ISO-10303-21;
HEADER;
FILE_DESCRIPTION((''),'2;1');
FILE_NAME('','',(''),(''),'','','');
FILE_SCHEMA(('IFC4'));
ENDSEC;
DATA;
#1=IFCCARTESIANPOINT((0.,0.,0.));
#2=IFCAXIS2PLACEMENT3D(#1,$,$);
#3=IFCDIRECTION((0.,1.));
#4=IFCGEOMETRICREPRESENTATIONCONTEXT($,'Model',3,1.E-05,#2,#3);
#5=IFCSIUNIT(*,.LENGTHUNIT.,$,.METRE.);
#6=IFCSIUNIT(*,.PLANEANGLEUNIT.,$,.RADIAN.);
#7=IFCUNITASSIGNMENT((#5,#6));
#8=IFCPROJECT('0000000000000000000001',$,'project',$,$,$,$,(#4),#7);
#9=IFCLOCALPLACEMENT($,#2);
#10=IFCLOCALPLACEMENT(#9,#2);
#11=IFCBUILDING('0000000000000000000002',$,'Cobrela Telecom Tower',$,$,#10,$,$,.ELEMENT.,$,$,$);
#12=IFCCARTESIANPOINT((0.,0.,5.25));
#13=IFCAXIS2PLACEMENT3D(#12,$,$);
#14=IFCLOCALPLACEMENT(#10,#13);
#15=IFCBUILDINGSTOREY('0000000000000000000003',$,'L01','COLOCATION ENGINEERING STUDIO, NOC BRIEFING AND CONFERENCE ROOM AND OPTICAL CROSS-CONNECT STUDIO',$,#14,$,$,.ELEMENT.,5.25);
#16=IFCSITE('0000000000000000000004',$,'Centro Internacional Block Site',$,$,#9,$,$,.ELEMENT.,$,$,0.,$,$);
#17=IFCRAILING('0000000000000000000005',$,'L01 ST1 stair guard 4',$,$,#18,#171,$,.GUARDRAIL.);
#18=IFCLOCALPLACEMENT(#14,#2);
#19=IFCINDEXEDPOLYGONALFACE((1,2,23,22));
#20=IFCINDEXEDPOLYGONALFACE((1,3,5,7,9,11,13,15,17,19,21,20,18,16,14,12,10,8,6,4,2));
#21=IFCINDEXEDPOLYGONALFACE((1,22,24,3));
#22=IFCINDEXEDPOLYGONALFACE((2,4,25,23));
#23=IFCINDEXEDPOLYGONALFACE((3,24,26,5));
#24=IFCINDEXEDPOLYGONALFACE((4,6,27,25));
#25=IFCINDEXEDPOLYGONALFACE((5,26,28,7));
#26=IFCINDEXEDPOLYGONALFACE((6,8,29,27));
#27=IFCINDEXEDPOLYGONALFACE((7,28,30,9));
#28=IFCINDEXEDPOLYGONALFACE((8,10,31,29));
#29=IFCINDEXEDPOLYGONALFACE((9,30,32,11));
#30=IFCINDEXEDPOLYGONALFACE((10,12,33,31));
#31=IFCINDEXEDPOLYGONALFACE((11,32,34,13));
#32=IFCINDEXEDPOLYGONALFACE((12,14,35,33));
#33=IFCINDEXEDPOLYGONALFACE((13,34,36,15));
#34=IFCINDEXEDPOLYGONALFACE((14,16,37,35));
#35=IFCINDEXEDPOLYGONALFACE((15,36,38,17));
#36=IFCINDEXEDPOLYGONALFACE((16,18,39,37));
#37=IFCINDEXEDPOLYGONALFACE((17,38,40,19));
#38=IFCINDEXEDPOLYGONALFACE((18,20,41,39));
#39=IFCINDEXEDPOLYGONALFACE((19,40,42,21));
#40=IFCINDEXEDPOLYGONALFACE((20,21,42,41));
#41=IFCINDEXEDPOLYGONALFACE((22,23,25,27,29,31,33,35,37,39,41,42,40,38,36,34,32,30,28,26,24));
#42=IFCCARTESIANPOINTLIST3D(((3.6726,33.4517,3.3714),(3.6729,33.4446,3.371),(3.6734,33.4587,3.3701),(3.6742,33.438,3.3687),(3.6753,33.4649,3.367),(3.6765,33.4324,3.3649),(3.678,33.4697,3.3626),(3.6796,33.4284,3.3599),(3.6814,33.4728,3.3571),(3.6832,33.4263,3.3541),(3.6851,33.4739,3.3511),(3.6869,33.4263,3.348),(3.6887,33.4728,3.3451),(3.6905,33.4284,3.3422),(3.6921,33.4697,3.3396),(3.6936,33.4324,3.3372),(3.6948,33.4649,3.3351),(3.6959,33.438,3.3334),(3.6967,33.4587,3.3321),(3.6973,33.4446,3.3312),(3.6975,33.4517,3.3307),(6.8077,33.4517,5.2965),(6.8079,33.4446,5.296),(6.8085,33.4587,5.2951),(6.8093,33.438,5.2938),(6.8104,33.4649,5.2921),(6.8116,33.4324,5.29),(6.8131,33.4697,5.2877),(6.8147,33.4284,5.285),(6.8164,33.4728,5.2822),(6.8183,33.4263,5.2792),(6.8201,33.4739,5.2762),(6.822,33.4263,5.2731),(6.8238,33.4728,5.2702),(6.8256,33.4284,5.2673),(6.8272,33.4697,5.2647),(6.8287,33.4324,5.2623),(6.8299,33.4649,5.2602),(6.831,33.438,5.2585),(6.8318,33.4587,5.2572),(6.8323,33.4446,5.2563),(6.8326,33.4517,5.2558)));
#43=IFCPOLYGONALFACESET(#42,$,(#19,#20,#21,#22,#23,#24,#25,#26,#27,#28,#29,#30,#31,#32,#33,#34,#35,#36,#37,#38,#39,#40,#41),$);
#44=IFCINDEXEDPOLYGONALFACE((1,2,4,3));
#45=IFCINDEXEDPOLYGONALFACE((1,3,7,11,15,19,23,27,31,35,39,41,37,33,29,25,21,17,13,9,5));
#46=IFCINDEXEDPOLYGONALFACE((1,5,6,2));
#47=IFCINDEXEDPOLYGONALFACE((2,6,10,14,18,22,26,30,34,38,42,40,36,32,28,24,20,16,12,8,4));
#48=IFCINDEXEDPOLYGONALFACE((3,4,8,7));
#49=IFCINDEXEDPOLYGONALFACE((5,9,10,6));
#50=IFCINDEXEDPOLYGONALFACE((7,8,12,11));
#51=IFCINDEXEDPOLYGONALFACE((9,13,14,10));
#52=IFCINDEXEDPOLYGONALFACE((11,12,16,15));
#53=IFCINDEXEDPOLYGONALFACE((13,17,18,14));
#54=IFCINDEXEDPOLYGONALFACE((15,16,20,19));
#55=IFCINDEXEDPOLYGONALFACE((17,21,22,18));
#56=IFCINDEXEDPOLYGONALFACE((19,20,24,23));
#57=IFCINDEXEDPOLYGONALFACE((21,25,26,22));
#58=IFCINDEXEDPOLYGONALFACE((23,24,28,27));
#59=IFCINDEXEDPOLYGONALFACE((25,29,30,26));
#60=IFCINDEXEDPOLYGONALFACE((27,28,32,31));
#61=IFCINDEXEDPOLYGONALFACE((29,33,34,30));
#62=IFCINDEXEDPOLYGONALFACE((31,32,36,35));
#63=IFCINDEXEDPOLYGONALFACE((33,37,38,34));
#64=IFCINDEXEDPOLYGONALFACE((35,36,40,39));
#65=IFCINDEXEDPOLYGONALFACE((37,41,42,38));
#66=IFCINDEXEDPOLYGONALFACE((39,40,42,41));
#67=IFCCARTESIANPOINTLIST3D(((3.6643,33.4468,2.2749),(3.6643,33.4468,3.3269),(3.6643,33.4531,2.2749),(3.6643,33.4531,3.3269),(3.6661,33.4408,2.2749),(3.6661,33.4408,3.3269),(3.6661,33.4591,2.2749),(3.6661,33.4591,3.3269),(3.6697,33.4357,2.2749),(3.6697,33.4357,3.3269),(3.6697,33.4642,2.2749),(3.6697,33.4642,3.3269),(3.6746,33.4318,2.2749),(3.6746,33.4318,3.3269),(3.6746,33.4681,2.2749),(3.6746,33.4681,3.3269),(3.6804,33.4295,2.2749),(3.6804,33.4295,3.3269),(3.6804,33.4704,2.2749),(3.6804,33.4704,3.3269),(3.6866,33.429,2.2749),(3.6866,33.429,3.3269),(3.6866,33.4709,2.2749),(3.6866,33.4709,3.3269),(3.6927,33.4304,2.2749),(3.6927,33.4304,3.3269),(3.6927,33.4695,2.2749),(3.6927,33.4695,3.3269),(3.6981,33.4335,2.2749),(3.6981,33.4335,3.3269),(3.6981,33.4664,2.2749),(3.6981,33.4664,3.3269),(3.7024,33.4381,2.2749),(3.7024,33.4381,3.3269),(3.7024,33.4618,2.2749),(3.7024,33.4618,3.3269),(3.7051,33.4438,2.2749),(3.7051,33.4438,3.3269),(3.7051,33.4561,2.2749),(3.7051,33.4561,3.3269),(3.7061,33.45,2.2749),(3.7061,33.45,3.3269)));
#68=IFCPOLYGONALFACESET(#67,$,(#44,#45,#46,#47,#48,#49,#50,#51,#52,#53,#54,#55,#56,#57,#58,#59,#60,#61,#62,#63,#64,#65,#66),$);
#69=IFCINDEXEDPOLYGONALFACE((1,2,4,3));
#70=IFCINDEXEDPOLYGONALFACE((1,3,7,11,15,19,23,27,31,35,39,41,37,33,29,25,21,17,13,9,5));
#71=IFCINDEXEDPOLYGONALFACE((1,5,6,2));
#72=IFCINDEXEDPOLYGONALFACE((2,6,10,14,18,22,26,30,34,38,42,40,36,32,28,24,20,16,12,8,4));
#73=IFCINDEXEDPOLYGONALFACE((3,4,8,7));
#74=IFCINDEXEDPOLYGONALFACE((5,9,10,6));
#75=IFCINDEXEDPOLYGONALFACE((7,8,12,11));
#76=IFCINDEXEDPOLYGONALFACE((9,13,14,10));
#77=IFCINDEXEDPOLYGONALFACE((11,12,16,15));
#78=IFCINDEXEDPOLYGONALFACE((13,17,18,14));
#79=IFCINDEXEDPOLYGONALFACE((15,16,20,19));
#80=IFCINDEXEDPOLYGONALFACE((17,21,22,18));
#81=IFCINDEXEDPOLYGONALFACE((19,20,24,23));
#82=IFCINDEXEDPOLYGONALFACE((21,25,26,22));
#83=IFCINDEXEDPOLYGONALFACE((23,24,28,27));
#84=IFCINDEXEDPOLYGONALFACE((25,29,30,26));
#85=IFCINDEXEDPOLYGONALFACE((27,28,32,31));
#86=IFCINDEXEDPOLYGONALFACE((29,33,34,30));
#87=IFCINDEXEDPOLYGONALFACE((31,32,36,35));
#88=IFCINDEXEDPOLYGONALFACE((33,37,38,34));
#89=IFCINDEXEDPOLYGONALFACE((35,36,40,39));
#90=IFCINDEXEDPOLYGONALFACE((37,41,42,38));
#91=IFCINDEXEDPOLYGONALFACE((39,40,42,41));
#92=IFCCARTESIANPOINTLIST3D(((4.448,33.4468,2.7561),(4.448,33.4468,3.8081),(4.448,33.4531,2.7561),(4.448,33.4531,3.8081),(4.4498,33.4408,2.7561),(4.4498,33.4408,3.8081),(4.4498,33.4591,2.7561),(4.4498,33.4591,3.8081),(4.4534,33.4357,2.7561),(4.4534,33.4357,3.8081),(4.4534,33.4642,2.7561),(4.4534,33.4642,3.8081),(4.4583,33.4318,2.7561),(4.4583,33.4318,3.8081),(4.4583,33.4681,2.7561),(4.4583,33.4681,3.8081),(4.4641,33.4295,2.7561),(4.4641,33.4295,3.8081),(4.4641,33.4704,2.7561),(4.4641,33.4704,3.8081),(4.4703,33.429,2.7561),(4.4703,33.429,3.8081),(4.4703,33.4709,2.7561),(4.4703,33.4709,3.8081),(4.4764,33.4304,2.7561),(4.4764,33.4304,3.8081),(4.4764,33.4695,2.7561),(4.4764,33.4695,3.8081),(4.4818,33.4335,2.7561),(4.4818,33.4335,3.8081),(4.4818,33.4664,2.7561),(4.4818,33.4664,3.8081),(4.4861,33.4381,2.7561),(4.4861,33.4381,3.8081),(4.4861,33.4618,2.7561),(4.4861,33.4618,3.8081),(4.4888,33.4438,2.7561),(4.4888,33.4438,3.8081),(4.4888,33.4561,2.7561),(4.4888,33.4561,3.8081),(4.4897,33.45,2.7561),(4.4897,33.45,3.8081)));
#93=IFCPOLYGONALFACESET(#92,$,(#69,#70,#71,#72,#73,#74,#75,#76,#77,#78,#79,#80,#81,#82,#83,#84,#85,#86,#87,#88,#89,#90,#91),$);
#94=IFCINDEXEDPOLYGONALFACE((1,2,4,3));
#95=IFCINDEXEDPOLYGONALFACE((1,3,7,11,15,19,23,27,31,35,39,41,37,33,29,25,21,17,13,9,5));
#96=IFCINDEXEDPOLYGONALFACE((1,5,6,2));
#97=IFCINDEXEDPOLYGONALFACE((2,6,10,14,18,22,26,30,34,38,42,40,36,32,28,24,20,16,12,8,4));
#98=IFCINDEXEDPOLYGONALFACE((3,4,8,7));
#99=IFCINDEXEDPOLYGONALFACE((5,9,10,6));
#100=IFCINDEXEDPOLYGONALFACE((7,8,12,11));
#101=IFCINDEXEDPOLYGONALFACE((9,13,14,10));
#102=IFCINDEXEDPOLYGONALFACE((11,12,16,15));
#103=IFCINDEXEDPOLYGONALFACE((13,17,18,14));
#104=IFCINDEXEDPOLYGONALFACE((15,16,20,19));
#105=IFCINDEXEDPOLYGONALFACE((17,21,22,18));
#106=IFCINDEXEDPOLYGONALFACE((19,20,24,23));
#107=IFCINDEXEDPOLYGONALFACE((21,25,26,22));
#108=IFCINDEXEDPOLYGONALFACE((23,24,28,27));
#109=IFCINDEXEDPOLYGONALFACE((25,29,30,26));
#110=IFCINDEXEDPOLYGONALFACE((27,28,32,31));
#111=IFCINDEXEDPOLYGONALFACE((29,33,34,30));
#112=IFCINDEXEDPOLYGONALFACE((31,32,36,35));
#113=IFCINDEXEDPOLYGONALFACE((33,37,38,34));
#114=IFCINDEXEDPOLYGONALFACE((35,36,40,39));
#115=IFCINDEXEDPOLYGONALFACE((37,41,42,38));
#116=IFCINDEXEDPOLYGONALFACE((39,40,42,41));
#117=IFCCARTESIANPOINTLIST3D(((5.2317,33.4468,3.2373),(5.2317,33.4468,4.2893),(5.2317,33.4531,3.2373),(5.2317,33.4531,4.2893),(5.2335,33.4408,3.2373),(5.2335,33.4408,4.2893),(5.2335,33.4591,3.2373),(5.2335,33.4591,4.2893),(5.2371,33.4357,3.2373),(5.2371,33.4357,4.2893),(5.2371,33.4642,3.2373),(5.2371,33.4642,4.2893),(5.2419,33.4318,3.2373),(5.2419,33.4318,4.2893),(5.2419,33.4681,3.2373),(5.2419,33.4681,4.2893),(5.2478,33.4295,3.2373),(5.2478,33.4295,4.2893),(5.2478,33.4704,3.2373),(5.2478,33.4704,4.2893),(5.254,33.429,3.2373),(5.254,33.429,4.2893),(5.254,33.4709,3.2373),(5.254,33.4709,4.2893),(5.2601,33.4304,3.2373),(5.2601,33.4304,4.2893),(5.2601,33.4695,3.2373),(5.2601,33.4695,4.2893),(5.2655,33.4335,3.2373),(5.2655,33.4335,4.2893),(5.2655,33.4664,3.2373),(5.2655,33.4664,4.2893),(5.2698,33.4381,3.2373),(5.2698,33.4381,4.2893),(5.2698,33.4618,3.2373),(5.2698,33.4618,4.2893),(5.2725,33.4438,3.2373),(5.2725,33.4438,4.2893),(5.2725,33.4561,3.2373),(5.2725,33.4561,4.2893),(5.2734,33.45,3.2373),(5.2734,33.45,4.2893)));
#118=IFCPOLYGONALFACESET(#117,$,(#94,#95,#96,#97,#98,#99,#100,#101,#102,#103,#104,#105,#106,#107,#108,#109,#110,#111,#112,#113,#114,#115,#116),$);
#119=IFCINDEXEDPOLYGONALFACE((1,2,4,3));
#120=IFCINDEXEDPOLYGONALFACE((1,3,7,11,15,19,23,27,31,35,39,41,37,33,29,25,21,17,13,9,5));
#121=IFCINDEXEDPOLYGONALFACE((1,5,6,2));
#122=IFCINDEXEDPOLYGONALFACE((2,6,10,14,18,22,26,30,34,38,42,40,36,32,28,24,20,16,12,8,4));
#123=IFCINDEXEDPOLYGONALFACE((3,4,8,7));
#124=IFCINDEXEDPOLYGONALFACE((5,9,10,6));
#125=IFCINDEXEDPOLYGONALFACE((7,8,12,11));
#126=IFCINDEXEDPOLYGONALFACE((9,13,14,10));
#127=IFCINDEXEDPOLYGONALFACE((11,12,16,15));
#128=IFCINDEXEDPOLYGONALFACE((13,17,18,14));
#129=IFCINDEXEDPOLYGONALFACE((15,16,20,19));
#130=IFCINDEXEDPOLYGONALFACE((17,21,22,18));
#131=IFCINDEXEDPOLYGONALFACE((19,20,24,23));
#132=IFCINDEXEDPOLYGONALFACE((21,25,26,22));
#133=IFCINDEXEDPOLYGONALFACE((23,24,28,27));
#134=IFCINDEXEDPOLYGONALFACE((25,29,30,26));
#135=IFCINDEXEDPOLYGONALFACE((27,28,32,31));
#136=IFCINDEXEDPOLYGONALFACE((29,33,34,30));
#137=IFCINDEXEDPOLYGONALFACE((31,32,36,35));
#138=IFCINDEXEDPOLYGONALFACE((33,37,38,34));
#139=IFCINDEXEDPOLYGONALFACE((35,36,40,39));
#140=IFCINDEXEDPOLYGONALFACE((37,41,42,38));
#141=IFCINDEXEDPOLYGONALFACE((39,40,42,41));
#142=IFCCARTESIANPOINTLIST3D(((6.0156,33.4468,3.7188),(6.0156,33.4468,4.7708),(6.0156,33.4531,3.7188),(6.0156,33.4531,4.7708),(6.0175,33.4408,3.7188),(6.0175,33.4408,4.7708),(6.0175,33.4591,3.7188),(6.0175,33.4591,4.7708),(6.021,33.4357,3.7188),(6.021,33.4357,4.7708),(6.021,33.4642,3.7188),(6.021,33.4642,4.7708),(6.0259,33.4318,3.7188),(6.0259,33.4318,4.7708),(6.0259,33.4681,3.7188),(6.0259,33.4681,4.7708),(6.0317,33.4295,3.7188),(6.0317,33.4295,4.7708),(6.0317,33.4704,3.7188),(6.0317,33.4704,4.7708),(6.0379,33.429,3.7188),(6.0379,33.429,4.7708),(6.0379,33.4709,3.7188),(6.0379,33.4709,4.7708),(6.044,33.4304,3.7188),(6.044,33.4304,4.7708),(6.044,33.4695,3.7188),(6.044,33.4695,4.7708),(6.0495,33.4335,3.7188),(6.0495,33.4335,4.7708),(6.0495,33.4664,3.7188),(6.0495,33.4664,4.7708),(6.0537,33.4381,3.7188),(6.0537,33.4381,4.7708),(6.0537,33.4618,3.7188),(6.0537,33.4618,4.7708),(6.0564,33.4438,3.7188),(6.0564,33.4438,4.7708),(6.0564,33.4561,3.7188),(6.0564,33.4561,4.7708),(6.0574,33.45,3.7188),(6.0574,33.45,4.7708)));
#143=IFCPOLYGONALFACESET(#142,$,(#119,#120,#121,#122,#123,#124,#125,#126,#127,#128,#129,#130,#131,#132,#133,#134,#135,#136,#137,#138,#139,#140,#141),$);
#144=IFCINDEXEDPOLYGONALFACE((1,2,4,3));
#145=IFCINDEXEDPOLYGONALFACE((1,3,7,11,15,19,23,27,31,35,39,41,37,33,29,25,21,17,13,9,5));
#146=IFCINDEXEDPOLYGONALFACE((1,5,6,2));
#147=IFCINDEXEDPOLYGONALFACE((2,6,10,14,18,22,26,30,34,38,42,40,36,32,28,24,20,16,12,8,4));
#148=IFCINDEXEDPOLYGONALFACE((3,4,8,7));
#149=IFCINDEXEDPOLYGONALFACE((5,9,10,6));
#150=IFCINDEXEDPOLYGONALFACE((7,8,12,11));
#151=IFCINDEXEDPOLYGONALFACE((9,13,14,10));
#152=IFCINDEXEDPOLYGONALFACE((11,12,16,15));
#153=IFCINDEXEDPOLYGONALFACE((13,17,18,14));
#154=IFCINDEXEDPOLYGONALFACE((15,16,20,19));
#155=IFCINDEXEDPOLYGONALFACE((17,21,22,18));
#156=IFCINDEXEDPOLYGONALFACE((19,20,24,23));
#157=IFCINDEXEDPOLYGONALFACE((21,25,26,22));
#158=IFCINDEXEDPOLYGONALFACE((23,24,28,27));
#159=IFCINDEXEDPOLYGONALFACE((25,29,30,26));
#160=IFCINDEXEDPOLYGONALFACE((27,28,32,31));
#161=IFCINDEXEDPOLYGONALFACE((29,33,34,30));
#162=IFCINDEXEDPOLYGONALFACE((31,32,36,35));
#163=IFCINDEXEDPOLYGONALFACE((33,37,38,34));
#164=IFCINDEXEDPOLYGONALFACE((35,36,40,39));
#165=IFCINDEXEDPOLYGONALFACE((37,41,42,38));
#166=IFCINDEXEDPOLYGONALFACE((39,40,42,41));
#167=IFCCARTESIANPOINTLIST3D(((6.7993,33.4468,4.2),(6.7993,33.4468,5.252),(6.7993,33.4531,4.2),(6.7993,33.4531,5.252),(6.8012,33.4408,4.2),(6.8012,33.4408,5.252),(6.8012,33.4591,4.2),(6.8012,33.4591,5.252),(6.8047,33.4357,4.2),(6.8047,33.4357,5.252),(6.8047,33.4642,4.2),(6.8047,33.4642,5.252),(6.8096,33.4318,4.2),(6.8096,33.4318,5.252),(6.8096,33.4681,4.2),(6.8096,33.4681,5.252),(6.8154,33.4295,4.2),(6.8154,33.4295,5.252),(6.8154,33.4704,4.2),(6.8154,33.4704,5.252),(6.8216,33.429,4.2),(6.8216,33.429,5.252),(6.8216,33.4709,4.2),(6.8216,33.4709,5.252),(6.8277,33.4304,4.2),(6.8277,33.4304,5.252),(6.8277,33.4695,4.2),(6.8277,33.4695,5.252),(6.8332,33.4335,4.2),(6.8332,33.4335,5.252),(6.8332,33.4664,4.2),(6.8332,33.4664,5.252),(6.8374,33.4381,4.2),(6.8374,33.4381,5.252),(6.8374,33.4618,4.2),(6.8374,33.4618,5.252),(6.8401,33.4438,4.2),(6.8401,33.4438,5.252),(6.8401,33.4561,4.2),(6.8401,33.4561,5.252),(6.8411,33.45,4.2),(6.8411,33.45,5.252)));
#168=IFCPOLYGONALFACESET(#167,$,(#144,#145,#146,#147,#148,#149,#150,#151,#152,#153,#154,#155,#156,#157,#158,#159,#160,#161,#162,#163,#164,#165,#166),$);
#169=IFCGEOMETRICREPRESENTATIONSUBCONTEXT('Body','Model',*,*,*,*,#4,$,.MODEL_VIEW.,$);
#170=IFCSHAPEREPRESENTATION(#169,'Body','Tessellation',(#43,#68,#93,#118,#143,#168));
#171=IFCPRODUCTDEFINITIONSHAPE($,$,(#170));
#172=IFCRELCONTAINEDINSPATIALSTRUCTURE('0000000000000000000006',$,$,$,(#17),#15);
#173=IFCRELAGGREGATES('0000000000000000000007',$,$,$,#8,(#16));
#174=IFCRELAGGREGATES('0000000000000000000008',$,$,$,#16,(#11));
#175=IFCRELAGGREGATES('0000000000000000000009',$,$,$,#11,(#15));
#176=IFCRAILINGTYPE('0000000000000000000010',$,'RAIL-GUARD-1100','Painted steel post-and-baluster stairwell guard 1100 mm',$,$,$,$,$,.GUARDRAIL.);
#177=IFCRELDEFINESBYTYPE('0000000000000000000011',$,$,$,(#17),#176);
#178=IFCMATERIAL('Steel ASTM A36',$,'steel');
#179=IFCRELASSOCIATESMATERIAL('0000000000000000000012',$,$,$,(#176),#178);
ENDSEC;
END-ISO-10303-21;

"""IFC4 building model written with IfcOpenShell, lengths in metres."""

from ifc_helpers import new_model, si_unit, direction, frame, origin, origin_2d, place, context, subcontext, project, spatial, circle, extrude, material, type_object, element, save


model = new_model("IFC4")

# Units and contexts
model_context = context("Model", 3, precision=1e-05, world=origin(), true_north=direction((0.0, 1.0)))
body_context = subcontext(model_context, "Body", "Model", "MODEL_VIEW")
ifc_project = project(units=[si_unit("LENGTHUNIT", "METRE"), si_unit("PLANEANGLEUNIT", "RADIAN")], contexts=[model_context])

# Site, building, storey
site_placement = place(None, origin())
site = spatial("IfcSite", under=ifc_project, at=site_placement, Name="Centro Internacional Block Site", CompositionType="ELEMENT", RefElevation=0.0)
building_placement = place(site_placement, origin())
building = spatial("IfcBuilding", under=site, at=building_placement, Name="Cobrela Telecom Tower", CompositionType="ELEMENT")
storey_placement = place(building_placement, frame((0.0, 0.0, 5.25)))
storey = spatial("IfcBuildingStorey", under=building, at=storey_placement, Name="L01", Description="COLOCATION ENGINEERING STUDIO, NOC BRIEFING AND CONFERENCE ROOM AND OPTICAL CROSS-CONNECT STUDIO", CompositionType="ELEMENT", Elevation=5.25)

# Shared definitions
ifc_material_1 = material(Name="Steel ASTM A36", Category="steel")

# Railing
railing_type_1 = type_object("IfcRailingType", Name="RAIL-GUARD-1100", Description="Painted steel post-and-baluster stairwell guard 1100 mm", PredefinedType="GUARDRAIL", material=ifc_material_1)
railing_1_placement = place(storey_placement, frame((3.6851, 33.45, 2.2749)))
element("IfcRailing", 1, at=railing_1_placement, inside=storey, type_object=railing_type_1, Name="L01 ST1 stair guard 4", PredefinedType="GUARDRAIL", context=body_context, shape_type="SweptSolid", body=[
    extrude(circle(Radius=0.0239, at=origin_2d()), frame((0.0, 0.0, 1.0762), z_axis=(0.852166, 0.0, 0.523271), x_axis=(0.0, 1.0, 0.0)), (0.0, 0.0, 1.0), 3.679),
    extrude(circle(Radius=0.021, at=origin_2d()), origin(), (0.0, 0.0, 1.0), 1.052),
    extrude(circle(Radius=0.021, at=origin_2d()), frame((0.7837, 0.0, 0.4812)), (0.0, 0.0, 1.0), 1.052),
    extrude(circle(Radius=0.021, at=origin_2d()), frame((1.5674, 0.0, 0.9624)), (0.0, 0.0, 1.0), 1.052),
    extrude(circle(Radius=0.021, at=origin_2d()), frame((2.3513, 0.0, 1.4438)), (0.0, 0.0, 1.0), 1.052),
    extrude(circle(Radius=0.021, at=origin_2d()), frame((3.135, 0.0, 1.925)), (0.0, 0.0, 1.0), 1.052),
])

save(model, "model.ifc")
